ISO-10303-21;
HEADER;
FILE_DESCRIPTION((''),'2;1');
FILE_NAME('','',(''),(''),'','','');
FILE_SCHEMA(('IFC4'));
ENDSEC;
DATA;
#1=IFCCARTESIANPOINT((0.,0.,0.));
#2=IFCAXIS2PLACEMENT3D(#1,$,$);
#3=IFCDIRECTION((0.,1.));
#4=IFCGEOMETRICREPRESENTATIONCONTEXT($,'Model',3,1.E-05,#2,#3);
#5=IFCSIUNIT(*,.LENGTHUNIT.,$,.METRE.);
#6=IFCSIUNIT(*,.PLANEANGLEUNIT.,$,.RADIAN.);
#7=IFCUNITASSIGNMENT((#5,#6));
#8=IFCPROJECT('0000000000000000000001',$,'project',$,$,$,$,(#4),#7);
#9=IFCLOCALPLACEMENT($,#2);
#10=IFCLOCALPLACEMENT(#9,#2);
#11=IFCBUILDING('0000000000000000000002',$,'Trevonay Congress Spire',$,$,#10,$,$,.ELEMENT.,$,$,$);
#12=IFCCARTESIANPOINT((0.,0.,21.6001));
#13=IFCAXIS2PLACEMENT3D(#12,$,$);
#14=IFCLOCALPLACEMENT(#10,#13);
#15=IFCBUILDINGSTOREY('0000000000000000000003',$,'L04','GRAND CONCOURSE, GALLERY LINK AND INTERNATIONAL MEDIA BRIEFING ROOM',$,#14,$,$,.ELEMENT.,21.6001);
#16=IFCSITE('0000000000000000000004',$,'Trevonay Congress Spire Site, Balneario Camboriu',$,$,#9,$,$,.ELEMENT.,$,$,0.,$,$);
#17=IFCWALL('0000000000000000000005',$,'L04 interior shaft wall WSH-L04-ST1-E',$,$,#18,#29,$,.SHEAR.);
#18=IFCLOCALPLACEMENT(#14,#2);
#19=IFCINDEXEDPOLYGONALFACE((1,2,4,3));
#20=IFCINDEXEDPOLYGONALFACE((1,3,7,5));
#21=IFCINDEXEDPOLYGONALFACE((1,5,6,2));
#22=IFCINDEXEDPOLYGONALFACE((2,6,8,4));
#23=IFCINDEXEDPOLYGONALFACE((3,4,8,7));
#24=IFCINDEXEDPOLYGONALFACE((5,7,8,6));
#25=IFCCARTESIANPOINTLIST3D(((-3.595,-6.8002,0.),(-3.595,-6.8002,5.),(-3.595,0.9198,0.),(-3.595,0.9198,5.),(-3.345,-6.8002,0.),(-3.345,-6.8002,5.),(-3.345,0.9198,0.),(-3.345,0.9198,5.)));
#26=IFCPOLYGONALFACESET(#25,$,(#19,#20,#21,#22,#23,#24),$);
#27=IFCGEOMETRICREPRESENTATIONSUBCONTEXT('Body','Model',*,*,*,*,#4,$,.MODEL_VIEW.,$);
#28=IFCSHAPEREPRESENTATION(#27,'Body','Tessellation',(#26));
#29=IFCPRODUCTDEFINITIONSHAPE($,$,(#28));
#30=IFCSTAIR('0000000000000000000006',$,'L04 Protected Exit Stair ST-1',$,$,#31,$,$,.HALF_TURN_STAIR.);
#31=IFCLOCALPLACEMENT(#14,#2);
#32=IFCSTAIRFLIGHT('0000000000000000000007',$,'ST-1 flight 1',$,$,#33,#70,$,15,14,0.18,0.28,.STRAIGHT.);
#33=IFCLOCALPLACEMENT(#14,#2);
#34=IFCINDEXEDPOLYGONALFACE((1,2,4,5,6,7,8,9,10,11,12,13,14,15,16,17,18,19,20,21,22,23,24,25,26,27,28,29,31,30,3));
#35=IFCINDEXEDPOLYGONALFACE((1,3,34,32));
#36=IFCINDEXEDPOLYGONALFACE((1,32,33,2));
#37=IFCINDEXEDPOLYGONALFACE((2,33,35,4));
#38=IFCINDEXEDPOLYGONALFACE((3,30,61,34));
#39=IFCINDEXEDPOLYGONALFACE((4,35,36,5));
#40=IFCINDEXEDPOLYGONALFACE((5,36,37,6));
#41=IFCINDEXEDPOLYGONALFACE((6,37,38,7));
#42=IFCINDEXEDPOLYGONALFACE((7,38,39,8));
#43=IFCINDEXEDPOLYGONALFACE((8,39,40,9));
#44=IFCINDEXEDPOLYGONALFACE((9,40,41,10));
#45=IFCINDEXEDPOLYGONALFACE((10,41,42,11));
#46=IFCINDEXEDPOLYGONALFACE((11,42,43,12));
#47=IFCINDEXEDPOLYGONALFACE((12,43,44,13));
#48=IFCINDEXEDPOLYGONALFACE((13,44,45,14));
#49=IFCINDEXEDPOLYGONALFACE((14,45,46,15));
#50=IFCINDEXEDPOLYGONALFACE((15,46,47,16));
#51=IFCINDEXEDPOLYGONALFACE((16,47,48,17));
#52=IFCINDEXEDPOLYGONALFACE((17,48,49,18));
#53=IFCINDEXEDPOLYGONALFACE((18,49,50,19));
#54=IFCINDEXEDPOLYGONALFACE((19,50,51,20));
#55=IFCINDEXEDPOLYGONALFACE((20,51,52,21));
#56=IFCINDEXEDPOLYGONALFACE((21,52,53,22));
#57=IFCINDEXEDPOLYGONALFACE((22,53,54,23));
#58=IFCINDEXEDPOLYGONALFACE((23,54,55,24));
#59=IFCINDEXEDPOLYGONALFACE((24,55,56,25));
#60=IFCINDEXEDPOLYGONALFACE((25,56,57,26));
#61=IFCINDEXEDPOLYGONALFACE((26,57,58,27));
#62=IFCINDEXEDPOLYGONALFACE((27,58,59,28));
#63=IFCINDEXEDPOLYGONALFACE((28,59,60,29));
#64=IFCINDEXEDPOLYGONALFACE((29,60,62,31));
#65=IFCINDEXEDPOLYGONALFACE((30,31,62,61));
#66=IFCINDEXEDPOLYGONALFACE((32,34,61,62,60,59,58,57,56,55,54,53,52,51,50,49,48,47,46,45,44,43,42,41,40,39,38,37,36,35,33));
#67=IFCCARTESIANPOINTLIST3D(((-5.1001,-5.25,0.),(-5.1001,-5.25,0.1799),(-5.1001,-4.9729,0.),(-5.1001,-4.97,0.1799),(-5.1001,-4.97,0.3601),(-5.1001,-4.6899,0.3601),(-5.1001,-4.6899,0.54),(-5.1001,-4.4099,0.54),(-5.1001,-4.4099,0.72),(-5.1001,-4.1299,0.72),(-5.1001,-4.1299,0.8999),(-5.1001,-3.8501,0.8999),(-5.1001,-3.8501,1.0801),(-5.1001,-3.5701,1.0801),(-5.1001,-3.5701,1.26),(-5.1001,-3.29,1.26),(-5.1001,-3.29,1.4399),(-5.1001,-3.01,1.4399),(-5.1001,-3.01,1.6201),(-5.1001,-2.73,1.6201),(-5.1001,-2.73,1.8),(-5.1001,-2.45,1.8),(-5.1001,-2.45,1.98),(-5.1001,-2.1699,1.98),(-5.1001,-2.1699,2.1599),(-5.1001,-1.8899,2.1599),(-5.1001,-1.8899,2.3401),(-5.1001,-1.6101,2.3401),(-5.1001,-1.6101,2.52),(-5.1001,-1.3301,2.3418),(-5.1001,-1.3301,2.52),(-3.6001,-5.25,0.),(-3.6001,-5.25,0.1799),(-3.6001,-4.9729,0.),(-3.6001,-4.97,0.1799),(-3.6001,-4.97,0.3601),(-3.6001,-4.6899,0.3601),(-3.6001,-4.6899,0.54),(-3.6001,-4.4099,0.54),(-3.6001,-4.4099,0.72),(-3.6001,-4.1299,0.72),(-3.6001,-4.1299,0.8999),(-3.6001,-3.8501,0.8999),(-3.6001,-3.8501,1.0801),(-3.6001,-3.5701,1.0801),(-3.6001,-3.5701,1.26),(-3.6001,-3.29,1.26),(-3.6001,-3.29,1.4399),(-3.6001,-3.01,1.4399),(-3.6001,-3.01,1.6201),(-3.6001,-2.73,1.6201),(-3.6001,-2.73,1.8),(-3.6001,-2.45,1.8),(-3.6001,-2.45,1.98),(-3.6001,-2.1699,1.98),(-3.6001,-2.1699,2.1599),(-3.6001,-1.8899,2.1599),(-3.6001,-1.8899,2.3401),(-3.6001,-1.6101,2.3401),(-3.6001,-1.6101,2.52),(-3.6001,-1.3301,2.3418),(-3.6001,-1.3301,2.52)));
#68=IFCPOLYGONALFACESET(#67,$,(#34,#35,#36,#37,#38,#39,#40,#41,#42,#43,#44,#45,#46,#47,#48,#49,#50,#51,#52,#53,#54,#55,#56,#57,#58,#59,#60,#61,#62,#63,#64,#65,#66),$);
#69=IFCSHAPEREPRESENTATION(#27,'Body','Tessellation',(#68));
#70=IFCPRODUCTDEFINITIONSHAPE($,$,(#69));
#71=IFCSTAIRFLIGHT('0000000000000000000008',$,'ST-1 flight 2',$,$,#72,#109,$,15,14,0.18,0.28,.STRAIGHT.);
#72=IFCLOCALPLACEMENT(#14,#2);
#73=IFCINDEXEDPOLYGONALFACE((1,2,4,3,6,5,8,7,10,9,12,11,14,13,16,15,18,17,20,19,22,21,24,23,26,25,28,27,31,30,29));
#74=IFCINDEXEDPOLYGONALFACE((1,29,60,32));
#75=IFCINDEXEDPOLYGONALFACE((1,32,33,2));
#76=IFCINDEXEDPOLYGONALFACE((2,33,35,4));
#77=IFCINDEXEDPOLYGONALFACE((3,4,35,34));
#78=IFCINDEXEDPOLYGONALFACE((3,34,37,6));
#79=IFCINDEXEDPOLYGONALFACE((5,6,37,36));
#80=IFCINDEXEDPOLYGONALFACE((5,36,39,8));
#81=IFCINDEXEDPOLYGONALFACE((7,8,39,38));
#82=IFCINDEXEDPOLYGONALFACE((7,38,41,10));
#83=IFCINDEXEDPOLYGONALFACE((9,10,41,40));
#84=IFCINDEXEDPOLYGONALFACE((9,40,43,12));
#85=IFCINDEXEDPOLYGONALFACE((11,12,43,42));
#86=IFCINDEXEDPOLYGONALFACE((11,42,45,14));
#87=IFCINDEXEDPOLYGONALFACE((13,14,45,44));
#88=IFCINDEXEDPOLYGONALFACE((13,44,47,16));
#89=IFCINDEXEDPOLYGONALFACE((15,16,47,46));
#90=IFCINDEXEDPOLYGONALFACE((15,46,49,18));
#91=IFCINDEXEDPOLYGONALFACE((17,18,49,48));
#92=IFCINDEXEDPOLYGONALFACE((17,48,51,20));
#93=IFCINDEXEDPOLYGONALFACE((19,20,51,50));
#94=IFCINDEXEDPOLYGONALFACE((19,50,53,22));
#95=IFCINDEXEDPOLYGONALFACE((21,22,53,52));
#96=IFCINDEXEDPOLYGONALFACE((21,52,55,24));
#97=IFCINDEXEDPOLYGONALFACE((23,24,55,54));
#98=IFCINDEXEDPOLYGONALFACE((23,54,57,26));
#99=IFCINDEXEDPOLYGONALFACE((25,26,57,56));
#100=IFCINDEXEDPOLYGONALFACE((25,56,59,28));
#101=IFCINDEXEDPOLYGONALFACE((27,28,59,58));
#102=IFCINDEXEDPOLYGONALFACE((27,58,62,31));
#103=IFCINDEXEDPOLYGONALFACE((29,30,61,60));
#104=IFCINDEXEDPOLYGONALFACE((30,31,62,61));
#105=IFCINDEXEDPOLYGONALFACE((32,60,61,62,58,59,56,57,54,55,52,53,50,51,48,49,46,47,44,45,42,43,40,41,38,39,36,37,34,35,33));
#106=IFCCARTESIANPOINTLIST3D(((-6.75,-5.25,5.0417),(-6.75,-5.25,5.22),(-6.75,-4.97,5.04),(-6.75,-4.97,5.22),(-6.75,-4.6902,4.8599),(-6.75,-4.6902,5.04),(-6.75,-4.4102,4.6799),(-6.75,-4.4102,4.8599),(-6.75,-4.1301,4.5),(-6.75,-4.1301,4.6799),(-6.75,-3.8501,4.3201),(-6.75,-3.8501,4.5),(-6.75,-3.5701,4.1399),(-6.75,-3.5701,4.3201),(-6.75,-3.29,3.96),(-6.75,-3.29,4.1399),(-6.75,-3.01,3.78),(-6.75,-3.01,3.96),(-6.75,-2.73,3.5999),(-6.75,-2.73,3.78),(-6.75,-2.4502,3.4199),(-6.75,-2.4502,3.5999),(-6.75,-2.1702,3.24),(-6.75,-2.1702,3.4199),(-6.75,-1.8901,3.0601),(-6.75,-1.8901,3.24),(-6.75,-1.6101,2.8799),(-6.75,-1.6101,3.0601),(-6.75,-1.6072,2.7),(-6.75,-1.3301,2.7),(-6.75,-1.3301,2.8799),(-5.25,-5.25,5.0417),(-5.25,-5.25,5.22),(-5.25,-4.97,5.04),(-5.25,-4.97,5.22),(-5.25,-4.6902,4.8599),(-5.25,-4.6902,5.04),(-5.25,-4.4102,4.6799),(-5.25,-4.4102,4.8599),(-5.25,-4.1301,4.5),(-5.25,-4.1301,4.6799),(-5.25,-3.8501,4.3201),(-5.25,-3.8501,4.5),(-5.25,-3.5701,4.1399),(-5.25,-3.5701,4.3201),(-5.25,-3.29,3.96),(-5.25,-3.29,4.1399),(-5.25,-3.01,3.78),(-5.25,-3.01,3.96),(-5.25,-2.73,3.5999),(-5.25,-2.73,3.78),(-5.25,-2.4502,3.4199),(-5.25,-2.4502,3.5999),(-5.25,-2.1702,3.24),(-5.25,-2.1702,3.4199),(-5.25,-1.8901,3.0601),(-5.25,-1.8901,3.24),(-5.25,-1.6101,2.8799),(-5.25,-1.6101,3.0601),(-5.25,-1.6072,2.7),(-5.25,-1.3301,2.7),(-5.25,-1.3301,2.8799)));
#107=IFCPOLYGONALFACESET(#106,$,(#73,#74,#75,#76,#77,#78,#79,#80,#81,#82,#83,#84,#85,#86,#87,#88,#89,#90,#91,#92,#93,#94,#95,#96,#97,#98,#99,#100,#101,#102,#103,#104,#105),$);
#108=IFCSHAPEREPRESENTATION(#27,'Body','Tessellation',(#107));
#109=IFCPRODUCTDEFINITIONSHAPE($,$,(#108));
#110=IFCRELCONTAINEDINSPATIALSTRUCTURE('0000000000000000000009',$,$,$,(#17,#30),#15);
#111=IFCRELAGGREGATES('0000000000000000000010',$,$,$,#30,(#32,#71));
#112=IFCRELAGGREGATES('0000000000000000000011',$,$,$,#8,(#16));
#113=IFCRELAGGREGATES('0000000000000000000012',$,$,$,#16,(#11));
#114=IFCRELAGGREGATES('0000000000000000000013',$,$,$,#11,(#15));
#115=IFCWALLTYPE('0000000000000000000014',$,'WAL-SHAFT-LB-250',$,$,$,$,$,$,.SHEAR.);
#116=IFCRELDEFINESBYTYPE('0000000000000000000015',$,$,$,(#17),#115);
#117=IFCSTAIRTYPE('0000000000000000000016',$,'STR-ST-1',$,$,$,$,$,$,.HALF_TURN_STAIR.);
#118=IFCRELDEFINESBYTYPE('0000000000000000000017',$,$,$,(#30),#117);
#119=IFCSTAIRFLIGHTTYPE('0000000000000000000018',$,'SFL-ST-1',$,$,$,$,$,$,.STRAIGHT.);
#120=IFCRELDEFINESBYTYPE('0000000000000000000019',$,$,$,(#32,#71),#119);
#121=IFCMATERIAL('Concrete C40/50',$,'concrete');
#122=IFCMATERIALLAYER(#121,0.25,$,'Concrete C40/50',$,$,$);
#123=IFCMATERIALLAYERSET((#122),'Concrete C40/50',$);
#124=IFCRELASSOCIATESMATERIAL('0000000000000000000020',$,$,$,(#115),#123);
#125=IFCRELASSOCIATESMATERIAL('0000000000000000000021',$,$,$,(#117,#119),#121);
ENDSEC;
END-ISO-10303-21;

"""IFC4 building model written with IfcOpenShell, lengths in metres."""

from ifc_helpers import new_model, si_unit, direction, frame, frame_2d, origin, place, context, subcontext, project, spatial, polyline, rectangle, outline, extrude, material, layer, layer_set, type_object, element, aggregate, save


model = new_model("IFC4")

# Units and contexts
model_context = context("Model", 3, precision=1e-05, world=origin(), true_north=direction((0.0, 1.0)))
body_context = subcontext(model_context, "Body", "Model", "MODEL_VIEW")
ifc_project = project(units=[si_unit("LENGTHUNIT", "METRE"), si_unit("PLANEANGLEUNIT", "RADIAN")], contexts=[model_context])

# Site, building, storey
site_placement = place(None, origin())
site = spatial("IfcSite", under=ifc_project, at=site_placement, Name="Trevonay Congress Spire Site, Balneario Camboriu", CompositionType="ELEMENT", RefElevation=0.0)
building_placement = place(site_placement, origin())
building = spatial("IfcBuilding", under=site, at=building_placement, Name="Trevonay Congress Spire", CompositionType="ELEMENT")
storey_placement = place(building_placement, frame((0.0, 0.0, 21.6001)))
storey = spatial("IfcBuildingStorey", under=building, at=storey_placement, Name="L04", Description="GRAND CONCOURSE, GALLERY LINK AND INTERNATIONAL MEDIA BRIEFING ROOM", CompositionType="ELEMENT", Elevation=21.6001)

# Shared definitions
ifc_material_1 = material(Name="Concrete C40/50", Category="concrete")

# Wall
ifc_layer_1 = layer(ifc_material_1, 0.25, Name="Concrete C40/50")
ifc_layer_set_1 = layer_set([ifc_layer_1], Name="Concrete C40/50")
wall_type_1 = type_object("IfcWallType", Name="WAL-SHAFT-LB-250", PredefinedType="SHEAR", material=ifc_layer_set_1)
wall_1_placement = place(storey_placement, frame((-3.47, -6.8, 0.0), z_axis=(0.0, 0.0, 1.0), x_axis=(0.0, 1.0, 0.0)))
element("IfcWall", 1, at=wall_1_placement, inside=storey, type_object=wall_type_1, Name="L04 interior shaft wall WSH-L04-ST1-E", PredefinedType="SHEAR", context=body_context, shape_type="SweptSolid", body=[
    extrude(rectangle(XDim=7.72, YDim=0.25, at=frame_2d((3.8599, 0.0))), origin(), (0.0, 0.0, 1.0), 5.0),
])

# Stair, stair flights
stair_type = type_object("IfcStairType", Name="STR-ST-1", PredefinedType="HALF_TURN_STAIR", material=ifc_material_1)
stair_placement = place(storey_placement, origin())
stair = element("IfcStair", 2, at=stair_placement, inside=storey, type_object=stair_type, Name="L04 Protected Exit Stair ST-1", PredefinedType="HALF_TURN_STAIR")
stair_flight_type = type_object("IfcStairFlightType", Name="SFL-ST-1", PredefinedType="STRAIGHT", material=ifc_material_1)
stair_flight_1_placement = place(storey_placement, frame((-4.3501, -5.25, 0.0), z_axis=(0.0, 0.0, 1.0), x_axis=(0.0, 1.0, 0.0)))
stair_flight_1 = element("IfcStairFlight", 3, at=stair_flight_1_placement, type_object=stair_flight_type, Name="ST-1 flight 1", NumberOfRisers=15, NumberOfTreads=14, PredefinedType="STRAIGHT", RiserHeight=0.18, TreadLength=0.28, context=body_context, shape_type="SweptSolid", body=[
    extrude(outline(polyline([(0.0, 0.0), (0.0, 0.1799), (0.28, 0.1799), (0.28, 0.3601), (0.5601, 0.3601), (0.5601, 0.54), (0.8401, 0.54), (0.8401, 0.72), (1.1201, 0.72), (1.1201, 0.8999), (1.3999, 0.8999), (1.3999, 1.0801), (1.6799, 1.0801), (1.6799, 1.26), (1.96, 1.26), (1.96, 1.4399), (2.24, 1.4399), (2.24, 1.6201), (2.52, 1.6201), (2.52, 1.8), (2.8, 1.8), (2.8, 1.98), (3.0801, 1.98), (3.0801, 2.1599), (3.3601, 2.1599), (3.3601, 2.3401), (3.6399, 2.3401), (3.6399, 2.52), (3.9199, 2.52), (3.9199, 2.7), (3.9199, 2.3418), (0.2771, 0.0), (0.0, 0.0)])), frame((0.0, 0.75, 0.0), z_axis=(0.0, -1.0, 0.0), x_axis=(1.0, 0.0, 0.0)), (0.0, 0.0, 1.0), 1.5),
])
stair_flight_2_placement = place(storey_placement, frame((-6.0, -1.3301, 2.7), z_axis=(0.0, 0.0, 1.0), x_axis=(0.0, -1.0, 0.0)))
stair_flight_2 = element("IfcStairFlight", 4, at=stair_flight_2_placement, type_object=stair_flight_type, Name="ST-1 flight 2", NumberOfRisers=15, NumberOfTreads=14, PredefinedType="STRAIGHT", RiserHeight=0.18, TreadLength=0.28, context=body_context, shape_type="SweptSolid", body=[
    extrude(outline(polyline([(0.0, 0.0), (0.0, 0.1799), (0.28, 0.1799), (0.28, 0.3601), (0.5601, 0.3601), (0.5601, 0.54), (0.8401, 0.54), (0.8401, 0.72), (1.1201, 0.72), (1.1201, 0.8999), (1.3999, 0.8999), (1.3999, 1.0801), (1.6799, 1.0801), (1.6799, 1.26), (1.96, 1.26), (1.96, 1.4399), (2.24, 1.4399), (2.24, 1.6201), (2.52, 1.6201), (2.52, 1.8), (2.8, 1.8), (2.8, 1.98), (3.0801, 1.98), (3.0801, 2.1599), (3.3601, 2.1599), (3.3601, 2.3401), (3.6399, 2.3401), (3.6399, 2.52), (3.9199, 2.52), (3.9199, 2.7), (3.9199, 2.3418), (0.2771, 0.0), (0.0, 0.0)])), frame((0.0, 0.75, 0.0), z_axis=(0.0, -1.0, 0.0), x_axis=(1.0, 0.0, 0.0)), (0.0, 0.0, 1.0), 1.5),
])
aggregate(stair, [stair_flight_1, stair_flight_2])

save(model, "model.ifc")
